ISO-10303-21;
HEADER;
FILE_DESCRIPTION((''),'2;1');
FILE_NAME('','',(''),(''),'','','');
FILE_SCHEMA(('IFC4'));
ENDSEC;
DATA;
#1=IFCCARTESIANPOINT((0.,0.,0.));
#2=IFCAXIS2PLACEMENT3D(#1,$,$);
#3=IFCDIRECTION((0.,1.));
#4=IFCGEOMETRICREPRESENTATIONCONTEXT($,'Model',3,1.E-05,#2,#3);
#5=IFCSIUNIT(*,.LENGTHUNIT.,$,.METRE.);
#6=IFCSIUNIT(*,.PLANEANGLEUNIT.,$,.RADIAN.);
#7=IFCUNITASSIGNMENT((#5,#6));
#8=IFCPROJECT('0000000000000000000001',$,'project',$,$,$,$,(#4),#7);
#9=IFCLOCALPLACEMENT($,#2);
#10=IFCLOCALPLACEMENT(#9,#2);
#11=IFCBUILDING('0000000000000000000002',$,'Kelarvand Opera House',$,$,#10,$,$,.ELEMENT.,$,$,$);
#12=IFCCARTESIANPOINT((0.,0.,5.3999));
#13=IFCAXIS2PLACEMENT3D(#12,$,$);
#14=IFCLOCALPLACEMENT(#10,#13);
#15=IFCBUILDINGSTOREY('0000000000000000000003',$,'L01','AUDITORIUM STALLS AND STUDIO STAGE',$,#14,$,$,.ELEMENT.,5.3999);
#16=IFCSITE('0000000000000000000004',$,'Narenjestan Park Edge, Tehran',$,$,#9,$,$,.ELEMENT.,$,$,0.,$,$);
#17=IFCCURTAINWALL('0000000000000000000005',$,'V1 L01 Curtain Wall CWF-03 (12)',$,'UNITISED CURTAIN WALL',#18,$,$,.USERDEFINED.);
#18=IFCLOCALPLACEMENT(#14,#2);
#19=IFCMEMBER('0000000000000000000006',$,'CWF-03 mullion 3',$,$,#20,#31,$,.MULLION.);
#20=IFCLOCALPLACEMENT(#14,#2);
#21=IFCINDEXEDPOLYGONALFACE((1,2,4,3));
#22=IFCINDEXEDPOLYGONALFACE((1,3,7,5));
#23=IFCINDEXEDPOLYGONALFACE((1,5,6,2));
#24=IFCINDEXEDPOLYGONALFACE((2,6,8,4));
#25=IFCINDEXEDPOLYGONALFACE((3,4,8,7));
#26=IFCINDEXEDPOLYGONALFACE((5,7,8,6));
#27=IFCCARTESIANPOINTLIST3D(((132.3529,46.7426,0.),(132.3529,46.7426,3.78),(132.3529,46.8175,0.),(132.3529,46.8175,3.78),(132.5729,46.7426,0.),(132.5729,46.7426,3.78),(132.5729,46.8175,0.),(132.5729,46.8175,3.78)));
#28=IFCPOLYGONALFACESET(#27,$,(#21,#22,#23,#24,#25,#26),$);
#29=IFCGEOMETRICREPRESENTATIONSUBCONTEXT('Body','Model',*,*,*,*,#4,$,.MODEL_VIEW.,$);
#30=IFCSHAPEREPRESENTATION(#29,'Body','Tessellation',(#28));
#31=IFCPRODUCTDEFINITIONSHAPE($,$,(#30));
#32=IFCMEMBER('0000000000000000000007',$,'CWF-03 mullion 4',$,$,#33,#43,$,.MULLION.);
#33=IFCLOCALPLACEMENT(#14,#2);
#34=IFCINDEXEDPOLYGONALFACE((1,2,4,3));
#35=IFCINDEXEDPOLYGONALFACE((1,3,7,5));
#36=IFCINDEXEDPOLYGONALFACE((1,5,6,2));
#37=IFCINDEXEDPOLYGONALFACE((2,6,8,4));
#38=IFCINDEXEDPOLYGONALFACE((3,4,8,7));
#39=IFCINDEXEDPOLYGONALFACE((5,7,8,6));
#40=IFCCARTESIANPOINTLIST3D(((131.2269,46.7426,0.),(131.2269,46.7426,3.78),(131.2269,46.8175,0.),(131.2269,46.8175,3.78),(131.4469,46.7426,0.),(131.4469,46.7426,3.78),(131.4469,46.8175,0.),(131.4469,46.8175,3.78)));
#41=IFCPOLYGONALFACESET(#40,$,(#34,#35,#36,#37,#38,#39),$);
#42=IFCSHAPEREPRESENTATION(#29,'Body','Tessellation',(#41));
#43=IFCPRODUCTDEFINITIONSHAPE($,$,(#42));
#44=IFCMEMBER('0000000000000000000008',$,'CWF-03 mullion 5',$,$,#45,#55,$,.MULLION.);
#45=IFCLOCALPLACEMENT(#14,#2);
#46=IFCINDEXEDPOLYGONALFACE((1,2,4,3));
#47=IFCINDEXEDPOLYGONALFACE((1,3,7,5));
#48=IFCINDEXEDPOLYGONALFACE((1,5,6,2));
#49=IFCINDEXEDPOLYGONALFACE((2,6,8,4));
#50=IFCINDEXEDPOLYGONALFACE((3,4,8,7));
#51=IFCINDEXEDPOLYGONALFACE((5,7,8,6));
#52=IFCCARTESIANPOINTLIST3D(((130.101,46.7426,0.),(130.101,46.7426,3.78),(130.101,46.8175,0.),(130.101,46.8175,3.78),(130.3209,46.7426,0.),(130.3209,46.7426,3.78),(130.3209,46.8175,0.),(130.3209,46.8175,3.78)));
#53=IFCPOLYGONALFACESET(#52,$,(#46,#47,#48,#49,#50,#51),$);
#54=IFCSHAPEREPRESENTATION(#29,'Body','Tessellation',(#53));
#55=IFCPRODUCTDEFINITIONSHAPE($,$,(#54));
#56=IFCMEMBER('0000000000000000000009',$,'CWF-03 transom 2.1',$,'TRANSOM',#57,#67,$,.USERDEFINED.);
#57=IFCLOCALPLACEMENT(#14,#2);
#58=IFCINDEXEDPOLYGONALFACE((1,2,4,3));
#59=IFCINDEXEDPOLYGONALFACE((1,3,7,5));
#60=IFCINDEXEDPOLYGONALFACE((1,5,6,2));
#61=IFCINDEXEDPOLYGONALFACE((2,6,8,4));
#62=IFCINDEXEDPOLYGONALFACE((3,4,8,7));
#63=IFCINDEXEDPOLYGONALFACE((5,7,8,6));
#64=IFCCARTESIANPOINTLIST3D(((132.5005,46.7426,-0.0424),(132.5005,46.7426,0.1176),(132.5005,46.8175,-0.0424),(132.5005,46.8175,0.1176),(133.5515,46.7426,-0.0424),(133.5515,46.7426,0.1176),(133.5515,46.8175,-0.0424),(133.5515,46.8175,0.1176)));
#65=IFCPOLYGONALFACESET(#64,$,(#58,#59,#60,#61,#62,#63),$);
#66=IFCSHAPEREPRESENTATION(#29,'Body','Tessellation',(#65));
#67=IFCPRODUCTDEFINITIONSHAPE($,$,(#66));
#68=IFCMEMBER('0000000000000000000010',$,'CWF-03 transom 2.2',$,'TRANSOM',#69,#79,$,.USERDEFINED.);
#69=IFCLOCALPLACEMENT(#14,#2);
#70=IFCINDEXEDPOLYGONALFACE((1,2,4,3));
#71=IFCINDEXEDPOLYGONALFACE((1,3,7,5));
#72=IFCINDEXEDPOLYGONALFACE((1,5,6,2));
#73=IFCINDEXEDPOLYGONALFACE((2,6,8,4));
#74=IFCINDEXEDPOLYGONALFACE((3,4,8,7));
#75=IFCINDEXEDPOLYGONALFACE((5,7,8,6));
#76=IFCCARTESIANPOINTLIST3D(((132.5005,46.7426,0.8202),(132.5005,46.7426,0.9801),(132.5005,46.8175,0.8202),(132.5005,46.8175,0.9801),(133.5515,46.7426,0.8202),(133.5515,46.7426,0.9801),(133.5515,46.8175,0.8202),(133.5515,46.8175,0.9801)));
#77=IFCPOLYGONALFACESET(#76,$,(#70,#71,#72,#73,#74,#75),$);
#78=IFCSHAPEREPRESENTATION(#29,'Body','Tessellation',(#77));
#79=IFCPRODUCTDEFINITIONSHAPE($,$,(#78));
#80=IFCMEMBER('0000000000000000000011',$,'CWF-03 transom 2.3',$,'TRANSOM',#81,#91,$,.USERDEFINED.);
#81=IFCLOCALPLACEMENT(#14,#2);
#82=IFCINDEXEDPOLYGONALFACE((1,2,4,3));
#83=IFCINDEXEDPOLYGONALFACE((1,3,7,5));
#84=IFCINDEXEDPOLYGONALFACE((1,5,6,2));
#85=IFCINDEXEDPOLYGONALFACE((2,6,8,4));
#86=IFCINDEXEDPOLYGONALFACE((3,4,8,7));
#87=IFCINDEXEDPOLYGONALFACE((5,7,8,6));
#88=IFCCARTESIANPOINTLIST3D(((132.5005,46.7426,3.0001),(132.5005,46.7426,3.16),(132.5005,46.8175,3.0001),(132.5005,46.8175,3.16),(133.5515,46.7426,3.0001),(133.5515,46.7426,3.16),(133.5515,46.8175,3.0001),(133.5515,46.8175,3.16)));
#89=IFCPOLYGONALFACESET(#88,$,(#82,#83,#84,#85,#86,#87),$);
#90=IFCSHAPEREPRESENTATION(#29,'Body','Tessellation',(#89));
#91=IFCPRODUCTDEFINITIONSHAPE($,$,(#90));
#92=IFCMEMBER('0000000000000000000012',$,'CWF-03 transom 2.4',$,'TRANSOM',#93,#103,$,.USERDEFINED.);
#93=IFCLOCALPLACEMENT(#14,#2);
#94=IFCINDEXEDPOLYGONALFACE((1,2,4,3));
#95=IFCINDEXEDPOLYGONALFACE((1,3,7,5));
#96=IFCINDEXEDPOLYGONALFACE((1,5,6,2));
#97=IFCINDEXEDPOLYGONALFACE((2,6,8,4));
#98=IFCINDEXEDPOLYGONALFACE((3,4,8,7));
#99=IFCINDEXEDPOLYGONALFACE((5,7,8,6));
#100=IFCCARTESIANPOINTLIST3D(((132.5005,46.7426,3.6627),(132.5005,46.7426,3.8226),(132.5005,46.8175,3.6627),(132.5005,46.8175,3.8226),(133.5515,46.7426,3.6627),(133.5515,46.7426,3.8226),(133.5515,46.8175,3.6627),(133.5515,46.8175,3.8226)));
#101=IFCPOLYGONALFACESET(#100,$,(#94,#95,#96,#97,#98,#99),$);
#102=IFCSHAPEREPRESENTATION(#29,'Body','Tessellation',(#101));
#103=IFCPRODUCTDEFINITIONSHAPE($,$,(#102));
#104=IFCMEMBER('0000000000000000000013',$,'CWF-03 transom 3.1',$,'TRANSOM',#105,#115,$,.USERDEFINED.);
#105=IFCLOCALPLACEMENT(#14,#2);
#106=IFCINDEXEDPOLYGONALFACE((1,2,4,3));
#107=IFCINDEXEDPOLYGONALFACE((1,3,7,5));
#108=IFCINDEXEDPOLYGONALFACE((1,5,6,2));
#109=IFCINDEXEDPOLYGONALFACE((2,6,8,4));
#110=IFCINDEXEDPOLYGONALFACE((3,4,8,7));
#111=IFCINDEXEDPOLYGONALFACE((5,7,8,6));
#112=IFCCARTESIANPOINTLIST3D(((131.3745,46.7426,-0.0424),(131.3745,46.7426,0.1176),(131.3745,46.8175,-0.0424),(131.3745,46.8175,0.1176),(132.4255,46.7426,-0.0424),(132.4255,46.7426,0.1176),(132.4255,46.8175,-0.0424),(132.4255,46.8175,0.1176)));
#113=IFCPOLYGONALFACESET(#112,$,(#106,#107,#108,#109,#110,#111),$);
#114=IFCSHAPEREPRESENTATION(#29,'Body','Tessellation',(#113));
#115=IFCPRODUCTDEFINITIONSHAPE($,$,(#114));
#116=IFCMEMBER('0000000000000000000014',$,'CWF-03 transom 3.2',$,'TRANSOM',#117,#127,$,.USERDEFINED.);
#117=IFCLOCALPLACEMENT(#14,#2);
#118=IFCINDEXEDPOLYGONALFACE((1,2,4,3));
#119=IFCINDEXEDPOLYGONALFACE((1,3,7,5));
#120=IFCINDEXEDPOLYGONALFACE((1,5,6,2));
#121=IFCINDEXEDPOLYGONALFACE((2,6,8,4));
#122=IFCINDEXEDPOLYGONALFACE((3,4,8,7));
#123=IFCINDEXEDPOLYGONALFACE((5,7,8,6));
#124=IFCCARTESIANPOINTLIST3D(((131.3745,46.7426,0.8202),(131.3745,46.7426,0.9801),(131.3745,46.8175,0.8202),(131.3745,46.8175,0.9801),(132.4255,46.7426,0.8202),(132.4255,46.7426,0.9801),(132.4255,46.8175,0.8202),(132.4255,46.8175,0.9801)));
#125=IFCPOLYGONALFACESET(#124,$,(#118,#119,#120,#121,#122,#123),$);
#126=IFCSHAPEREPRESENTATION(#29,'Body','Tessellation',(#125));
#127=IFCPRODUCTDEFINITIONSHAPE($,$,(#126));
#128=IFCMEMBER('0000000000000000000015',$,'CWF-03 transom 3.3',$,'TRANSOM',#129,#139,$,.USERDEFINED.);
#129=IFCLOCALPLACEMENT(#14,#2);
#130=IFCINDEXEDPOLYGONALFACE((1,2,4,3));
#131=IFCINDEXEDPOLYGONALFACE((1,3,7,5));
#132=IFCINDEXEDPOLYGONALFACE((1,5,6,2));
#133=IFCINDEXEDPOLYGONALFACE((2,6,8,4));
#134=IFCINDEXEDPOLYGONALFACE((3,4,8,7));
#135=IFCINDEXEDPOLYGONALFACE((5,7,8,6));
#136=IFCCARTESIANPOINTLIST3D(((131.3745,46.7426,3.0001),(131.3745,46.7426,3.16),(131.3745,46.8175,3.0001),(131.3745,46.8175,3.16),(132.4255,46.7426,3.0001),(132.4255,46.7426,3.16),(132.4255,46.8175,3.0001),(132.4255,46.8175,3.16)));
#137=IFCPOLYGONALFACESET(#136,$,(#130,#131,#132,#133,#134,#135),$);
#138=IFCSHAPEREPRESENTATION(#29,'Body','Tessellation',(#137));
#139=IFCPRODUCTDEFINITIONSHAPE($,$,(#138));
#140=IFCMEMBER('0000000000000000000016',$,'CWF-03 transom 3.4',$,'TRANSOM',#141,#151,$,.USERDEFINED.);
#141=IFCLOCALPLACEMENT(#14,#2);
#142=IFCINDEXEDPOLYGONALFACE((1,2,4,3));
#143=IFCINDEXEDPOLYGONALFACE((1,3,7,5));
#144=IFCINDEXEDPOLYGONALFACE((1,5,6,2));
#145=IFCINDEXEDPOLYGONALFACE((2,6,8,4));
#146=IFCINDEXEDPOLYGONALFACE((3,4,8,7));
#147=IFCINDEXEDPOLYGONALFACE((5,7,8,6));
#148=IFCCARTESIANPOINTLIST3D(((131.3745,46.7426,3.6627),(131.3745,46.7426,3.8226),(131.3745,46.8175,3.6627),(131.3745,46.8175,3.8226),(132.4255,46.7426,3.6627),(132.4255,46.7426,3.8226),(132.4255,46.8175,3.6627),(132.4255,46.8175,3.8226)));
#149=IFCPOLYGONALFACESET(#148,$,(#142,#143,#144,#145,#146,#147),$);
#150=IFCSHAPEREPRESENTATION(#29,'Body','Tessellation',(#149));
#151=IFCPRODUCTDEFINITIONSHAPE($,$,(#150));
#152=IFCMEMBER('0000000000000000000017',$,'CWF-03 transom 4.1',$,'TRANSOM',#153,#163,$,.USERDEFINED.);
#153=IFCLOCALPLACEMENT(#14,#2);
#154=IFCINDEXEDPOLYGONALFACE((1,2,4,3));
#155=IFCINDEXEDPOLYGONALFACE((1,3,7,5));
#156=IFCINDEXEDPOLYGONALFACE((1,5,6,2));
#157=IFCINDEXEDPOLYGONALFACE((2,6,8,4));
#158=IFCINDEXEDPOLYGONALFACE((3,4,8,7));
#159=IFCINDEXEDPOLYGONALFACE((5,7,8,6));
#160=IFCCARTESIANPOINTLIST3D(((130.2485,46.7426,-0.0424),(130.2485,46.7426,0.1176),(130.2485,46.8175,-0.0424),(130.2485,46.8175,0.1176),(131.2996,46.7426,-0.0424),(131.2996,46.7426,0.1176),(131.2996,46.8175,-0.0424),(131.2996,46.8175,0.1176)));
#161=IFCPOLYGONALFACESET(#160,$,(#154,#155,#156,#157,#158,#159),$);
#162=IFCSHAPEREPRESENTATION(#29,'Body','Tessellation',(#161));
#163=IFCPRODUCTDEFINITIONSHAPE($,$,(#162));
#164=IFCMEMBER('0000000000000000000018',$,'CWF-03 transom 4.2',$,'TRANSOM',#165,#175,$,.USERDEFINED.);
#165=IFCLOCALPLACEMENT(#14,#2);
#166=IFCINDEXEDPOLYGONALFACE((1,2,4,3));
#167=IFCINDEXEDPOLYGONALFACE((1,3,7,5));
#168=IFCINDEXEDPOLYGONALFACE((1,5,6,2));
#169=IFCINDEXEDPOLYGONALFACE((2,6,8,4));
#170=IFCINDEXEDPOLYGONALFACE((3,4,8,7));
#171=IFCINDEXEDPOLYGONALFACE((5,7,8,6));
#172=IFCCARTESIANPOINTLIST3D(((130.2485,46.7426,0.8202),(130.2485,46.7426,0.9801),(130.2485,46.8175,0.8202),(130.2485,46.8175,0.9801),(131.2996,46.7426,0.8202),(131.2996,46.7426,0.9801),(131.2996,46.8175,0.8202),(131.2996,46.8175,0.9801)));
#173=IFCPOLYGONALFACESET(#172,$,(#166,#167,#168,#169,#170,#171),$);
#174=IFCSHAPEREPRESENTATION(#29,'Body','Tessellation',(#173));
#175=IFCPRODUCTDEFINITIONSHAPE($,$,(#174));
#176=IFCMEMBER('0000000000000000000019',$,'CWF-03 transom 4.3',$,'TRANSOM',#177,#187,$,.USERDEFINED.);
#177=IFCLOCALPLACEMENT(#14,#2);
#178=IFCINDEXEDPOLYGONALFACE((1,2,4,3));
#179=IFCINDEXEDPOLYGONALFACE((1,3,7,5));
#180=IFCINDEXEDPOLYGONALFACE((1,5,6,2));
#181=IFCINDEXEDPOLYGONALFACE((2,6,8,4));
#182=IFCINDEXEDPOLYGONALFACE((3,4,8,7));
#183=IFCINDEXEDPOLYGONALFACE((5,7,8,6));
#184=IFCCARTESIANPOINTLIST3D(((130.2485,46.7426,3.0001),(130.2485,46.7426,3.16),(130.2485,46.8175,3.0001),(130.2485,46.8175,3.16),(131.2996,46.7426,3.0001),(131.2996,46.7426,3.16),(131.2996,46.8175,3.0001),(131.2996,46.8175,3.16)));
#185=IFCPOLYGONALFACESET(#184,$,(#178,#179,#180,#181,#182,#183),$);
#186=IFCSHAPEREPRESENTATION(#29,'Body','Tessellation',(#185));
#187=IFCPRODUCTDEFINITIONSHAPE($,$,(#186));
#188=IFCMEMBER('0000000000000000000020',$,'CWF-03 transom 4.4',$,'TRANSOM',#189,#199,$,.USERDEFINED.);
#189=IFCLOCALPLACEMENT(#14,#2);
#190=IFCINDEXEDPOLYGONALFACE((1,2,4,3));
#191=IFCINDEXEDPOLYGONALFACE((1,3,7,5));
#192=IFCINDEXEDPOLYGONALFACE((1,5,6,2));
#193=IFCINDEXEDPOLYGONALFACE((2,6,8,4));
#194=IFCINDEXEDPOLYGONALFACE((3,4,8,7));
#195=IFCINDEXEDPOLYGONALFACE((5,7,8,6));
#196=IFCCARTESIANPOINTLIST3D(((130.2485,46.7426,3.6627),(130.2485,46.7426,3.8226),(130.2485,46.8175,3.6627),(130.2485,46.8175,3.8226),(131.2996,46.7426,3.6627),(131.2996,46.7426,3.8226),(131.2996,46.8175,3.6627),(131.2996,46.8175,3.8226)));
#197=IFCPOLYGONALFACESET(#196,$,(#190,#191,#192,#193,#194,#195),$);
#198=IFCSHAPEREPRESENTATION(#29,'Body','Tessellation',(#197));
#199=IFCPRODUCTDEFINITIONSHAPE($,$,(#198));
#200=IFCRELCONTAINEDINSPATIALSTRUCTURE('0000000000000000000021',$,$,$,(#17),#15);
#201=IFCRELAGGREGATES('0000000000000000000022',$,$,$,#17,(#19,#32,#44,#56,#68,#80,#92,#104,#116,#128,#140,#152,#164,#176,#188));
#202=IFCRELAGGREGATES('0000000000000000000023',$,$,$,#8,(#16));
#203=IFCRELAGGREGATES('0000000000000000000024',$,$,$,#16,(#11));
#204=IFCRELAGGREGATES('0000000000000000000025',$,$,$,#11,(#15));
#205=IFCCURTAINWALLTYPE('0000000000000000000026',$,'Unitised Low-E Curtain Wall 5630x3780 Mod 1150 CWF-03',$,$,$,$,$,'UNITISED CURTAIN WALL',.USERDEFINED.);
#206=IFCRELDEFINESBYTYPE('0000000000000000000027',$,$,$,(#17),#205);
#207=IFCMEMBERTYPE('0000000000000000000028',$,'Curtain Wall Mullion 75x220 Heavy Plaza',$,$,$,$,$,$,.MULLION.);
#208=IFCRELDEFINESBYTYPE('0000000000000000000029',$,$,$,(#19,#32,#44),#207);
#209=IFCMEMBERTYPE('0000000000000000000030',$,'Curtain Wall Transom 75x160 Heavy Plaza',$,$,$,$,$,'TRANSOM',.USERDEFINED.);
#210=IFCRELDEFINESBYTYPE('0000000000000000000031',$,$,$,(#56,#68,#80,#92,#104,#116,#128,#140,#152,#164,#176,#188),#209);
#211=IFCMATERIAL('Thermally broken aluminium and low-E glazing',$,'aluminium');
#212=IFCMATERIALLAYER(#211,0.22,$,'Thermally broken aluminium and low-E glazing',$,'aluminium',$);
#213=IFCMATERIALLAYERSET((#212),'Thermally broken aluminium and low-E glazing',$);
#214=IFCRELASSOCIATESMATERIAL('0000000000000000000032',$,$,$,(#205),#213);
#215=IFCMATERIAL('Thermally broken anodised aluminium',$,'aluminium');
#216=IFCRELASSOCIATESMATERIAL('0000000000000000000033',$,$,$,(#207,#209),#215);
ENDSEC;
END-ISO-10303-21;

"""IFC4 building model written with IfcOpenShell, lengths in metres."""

from ifc_helpers import new_model, si_unit, direction, frame, origin, origin_2d, place, context, subcontext, project, spatial, rectangle, extrude, material, layer, layer_set, material_profile, profile_set, type_object, element, aggregate, save


model = new_model("IFC4")

# Units and contexts
model_context = context("Model", 3, precision=1e-05, world=origin(), true_north=direction((0.0, 1.0)))
body_context = subcontext(model_context, "Body", "Model", "MODEL_VIEW")
ifc_project = project(units=[si_unit("LENGTHUNIT", "METRE"), si_unit("PLANEANGLEUNIT", "RADIAN")], contexts=[model_context])

# Site, building, storey
site_placement = place(None, origin())
site = spatial("IfcSite", under=ifc_project, at=site_placement, Name="Narenjestan Park Edge, Tehran", CompositionType="ELEMENT", RefElevation=0.0)
building_placement = place(site_placement, origin())
building = spatial("IfcBuilding", under=site, at=building_placement, Name="Kelarvand Opera House", CompositionType="ELEMENT")
storey_placement = place(building_placement, frame((0.0, 0.0, 5.3999)))
storey = spatial("IfcBuildingStorey", under=building, at=storey_placement, Name="L01", Description="AUDITORIUM STALLS AND STUDIO STAGE", CompositionType="ELEMENT", Elevation=5.3999)

# Curtain wall, members
ifc_material_1 = material(Name="Thermally broken aluminium and low-E glazing", Category="aluminium")
ifc_layer_1 = layer(ifc_material_1, 0.22, Name="Thermally broken aluminium and low-E glazing", Category="aluminium")
ifc_layer_set_1 = layer_set([ifc_layer_1], Name="Thermally broken aluminium and low-E glazing")
curtain_wall_type = type_object("IfcCurtainWallType", Name="Unitised Low-E Curtain Wall 5630x3780 Mod 1150 CWF-03", ElementType="UNITISED CURTAIN WALL", PredefinedType="USERDEFINED", material=ifc_layer_set_1)
curtain_wall_placement = place(storey_placement, origin())
curtain_wall = element("IfcCurtainWall", 1, at=curtain_wall_placement, inside=storey, type_object=curtain_wall_type, Name="V1 L01 Curtain Wall CWF-03 (12)", ObjectType="UNITISED CURTAIN WALL", PredefinedType="USERDEFINED")
ifc_material_2 = material(Name="Thermally broken anodised aluminium", Category="aluminium")
ifc_material_profile_1 = material_profile(ifc_material_2, rectangle(XDim=0.075, YDim=0.22, at=origin_2d()), Name="ALU MULLION 75x220", Category="aluminium")
ifc_profile_set_1 = profile_set([ifc_material_profile_1], Name="Thermally broken anodised aluminium")
member_type_1 = type_object("IfcMemberType", Name="Curtain Wall Mullion 75x220 Heavy Plaza", PredefinedType="MULLION", material=ifc_profile_set_1)
member_1_placement = place(storey_placement, frame((132.4629, 46.78, 0.0), z_axis=(0.0, 0.0, 1.0), x_axis=(0.0, -1.0, 0.0)))
member_1 = element("IfcMember", 2, at=member_1_placement, type_object=member_type_1, Name="CWF-03 mullion 3", PredefinedType="MULLION", context=body_context, shape_type="SweptSolid", body=[
    extrude(rectangle(XDim=0.075, YDim=0.22, at=origin_2d()), origin(), (0.0, 0.0, 1.0), 3.78),
])
member_2_placement = place(storey_placement, frame((131.3369, 46.78, 0.0), z_axis=(0.0, 0.0, 1.0), x_axis=(0.0, -1.0, 0.0)))
member_2 = element("IfcMember", 3, at=member_2_placement, type_object=member_type_1, Name="CWF-03 mullion 4", PredefinedType="MULLION", context=body_context, shape_type="SweptSolid", body=[
    extrude(rectangle(XDim=0.075, YDim=0.22, at=origin_2d()), origin(), (0.0, 0.0, 1.0), 3.78),
])
member_3_placement = place(storey_placement, frame((130.2109, 46.78, 0.0), z_axis=(0.0, 0.0, 1.0), x_axis=(0.0, -1.0, 0.0)))
member_3 = element("IfcMember", 4, at=member_3_placement, type_object=member_type_1, Name="CWF-03 mullion 5", PredefinedType="MULLION", context=body_context, shape_type="SweptSolid", body=[
    extrude(rectangle(XDim=0.075, YDim=0.22, at=origin_2d()), origin(), (0.0, 0.0, 1.0), 3.78),
])
ifc_material_profile_2 = material_profile(ifc_material_2, rectangle(XDim=0.075, YDim=0.1599, at=origin_2d()), Name="ALU TRANSOM 75x160", Category="aluminium")
ifc_profile_set_2 = profile_set([ifc_material_profile_2], Name="Thermally broken anodised aluminium")
member_type_2 = type_object("IfcMemberType", Name="Curtain Wall Transom 75x160 Heavy Plaza", ElementType="TRANSOM", PredefinedType="USERDEFINED", material=ifc_profile_set_2)
member_4_placement = place(storey_placement, frame((133.5515, 46.78, 0.0376), z_axis=(-1.0, 0.0, 0.0), x_axis=(0.0, -1.0, 0.0)))
member_4 = element("IfcMember", 5, at=member_4_placement, type_object=member_type_2, Name="CWF-03 transom 2.1", ObjectType="TRANSOM", PredefinedType="USERDEFINED", context=body_context, shape_type="SweptSolid", body=[
    extrude(rectangle(XDim=0.075, YDim=0.1599, at=origin_2d()), origin(), (0.0, 0.0, 1.0), 1.051),
])
member_5_placement = place(storey_placement, frame((133.5515, 46.78, 0.9001), z_axis=(-1.0, 0.0, 0.0), x_axis=(0.0, -1.0, 0.0)))
member_5 = element("IfcMember", 6, at=member_5_placement, type_object=member_type_2, Name="CWF-03 transom 2.2", ObjectType="TRANSOM", PredefinedType="USERDEFINED", context=body_context, shape_type="SweptSolid", body=[
    extrude(rectangle(XDim=0.075, YDim=0.1599, at=origin_2d()), origin(), (0.0, 0.0, 1.0), 1.051),
])
member_6_placement = place(storey_placement, frame((133.5515, 46.78, 3.0801), z_axis=(-1.0, 0.0, 0.0), x_axis=(0.0, -1.0, 0.0)))
member_6 = element("IfcMember", 7, at=member_6_placement, type_object=member_type_2, Name="CWF-03 transom 2.3", ObjectType="TRANSOM", PredefinedType="USERDEFINED", context=body_context, shape_type="SweptSolid", body=[
    extrude(rectangle(XDim=0.075, YDim=0.1599, at=origin_2d()), origin(), (0.0, 0.0, 1.0), 1.051),
])
member_7_placement = place(storey_placement, frame((133.5515, 46.78, 3.7427), z_axis=(-1.0, 0.0, 0.0), x_axis=(0.0, -1.0, 0.0)))
member_7 = element("IfcMember", 8, at=member_7_placement, type_object=member_type_2, Name="CWF-03 transom 2.4", ObjectType="TRANSOM", PredefinedType="USERDEFINED", context=body_context, shape_type="SweptSolid", body=[
    extrude(rectangle(XDim=0.075, YDim=0.1599, at=origin_2d()), origin(), (0.0, 0.0, 1.0), 1.051),
])
member_8_placement = place(storey_placement, frame((132.4255, 46.78, 0.0376), z_axis=(-1.0, 0.0, 0.0), x_axis=(0.0, -1.0, 0.0)))
member_8 = element("IfcMember", 9, at=member_8_placement, type_object=member_type_2, Name="CWF-03 transom 3.1", ObjectType="TRANSOM", PredefinedType="USERDEFINED", context=body_context, shape_type="SweptSolid", body=[
    extrude(rectangle(XDim=0.075, YDim=0.1599, at=origin_2d()), origin(), (0.0, 0.0, 1.0), 1.051),
])
member_9_placement = place(storey_placement, frame((132.4255, 46.78, 0.9001), z_axis=(-1.0, 0.0, 0.0), x_axis=(0.0, -1.0, 0.0)))
member_9 = element("IfcMember", 10, at=member_9_placement, type_object=member_type_2, Name="CWF-03 transom 3.2", ObjectType="TRANSOM", PredefinedType="USERDEFINED", context=body_context, shape_type="SweptSolid", body=[
    extrude(rectangle(XDim=0.075, YDim=0.1599, at=origin_2d()), origin(), (0.0, 0.0, 1.0), 1.051),
])
member_10_placement = place(storey_placement, frame((132.4255, 46.78, 3.0801), z_axis=(-1.0, 0.0, 0.0), x_axis=(0.0, -1.0, 0.0)))
member_10 = element("IfcMember", 11, at=member_10_placement, type_object=member_type_2, Name="CWF-03 transom 3.3", ObjectType="TRANSOM", PredefinedType="USERDEFINED", context=body_context, shape_type="SweptSolid", body=[
    extrude(rectangle(XDim=0.075, YDim=0.1599, at=origin_2d()), origin(), (0.0, 0.0, 1.0), 1.051),
])
member_11_placement = place(storey_placement, frame((132.4255, 46.78, 3.7427), z_axis=(-1.0, 0.0, 0.0), x_axis=(0.0, -1.0, 0.0)))
member_11 = element("IfcMember", 12, at=member_11_placement, type_object=member_type_2, Name="CWF-03 transom 3.4", ObjectType="TRANSOM", PredefinedType="USERDEFINED", context=body_context, shape_type="SweptSolid", body=[
    extrude(rectangle(XDim=0.075, YDim=0.1599, at=origin_2d()), origin(), (0.0, 0.0, 1.0), 1.051),
])
member_12_placement = place(storey_placement, frame((131.2996, 46.78, 0.0376), z_axis=(-1.0, 0.0, 0.0), x_axis=(0.0, -1.0, 0.0)))
member_12 = element("IfcMember", 13, at=member_12_placement, type_object=member_type_2, Name="CWF-03 transom 4.1", ObjectType="TRANSOM", PredefinedType="USERDEFINED", context=body_context, shape_type="SweptSolid", body=[
    extrude(rectangle(XDim=0.075, YDim=0.1599, at=origin_2d()), origin(), (0.0, 0.0, 1.0), 1.051),
])
member_13_placement = place(storey_placement, frame((131.2996, 46.78, 0.9001), z_axis=(-1.0, 0.0, 0.0), x_axis=(0.0, -1.0, 0.0)))
member_13 = element("IfcMember", 14, at=member_13_placement, type_object=member_type_2, Name="CWF-03 transom 4.2", ObjectType="TRANSOM", PredefinedType="USERDEFINED", context=body_context, shape_type="SweptSolid", body=[
    extrude(rectangle(XDim=0.075, YDim=0.1599, at=origin_2d()), origin(), (0.0, 0.0, 1.0), 1.051),
])
member_14_placement = place(storey_placement, frame((131.2996, 46.78, 3.0801), z_axis=(-1.0, 0.0, 0.0), x_axis=(0.0, -1.0, 0.0)))
member_14 = element("IfcMember", 15, at=member_14_placement, type_object=member_type_2, Name="CWF-03 transom 4.3", ObjectType="TRANSOM", PredefinedType="USERDEFINED", context=body_context, shape_type="SweptSolid", body=[
    extrude(rectangle(XDim=0.075, YDim=0.1599, at=origin_2d()), origin(), (0.0, 0.0, 1.0), 1.051),
])
member_15_placement = place(storey_placement, frame((131.2996, 46.78, 3.7427), z_axis=(-1.0, 0.0, 0.0), x_axis=(0.0, -1.0, 0.0)))
member_15 = element("IfcMember", 16, at=member_15_placement, type_object=member_type_2, Name="CWF-03 transom 4.4", ObjectType="TRANSOM", PredefinedType="USERDEFINED", context=body_context, shape_type="SweptSolid", body=[
    extrude(rectangle(XDim=0.075, YDim=0.1599, at=origin_2d()), origin(), (0.0, 0.0, 1.0), 1.051),
])
aggregate(curtain_wall, [member_1, member_2, member_3, member_4, member_5, member_6, member_7, member_8, member_9, member_10, member_11, member_12, member_13, member_14, member_15])

save(model, "model.ifc")
